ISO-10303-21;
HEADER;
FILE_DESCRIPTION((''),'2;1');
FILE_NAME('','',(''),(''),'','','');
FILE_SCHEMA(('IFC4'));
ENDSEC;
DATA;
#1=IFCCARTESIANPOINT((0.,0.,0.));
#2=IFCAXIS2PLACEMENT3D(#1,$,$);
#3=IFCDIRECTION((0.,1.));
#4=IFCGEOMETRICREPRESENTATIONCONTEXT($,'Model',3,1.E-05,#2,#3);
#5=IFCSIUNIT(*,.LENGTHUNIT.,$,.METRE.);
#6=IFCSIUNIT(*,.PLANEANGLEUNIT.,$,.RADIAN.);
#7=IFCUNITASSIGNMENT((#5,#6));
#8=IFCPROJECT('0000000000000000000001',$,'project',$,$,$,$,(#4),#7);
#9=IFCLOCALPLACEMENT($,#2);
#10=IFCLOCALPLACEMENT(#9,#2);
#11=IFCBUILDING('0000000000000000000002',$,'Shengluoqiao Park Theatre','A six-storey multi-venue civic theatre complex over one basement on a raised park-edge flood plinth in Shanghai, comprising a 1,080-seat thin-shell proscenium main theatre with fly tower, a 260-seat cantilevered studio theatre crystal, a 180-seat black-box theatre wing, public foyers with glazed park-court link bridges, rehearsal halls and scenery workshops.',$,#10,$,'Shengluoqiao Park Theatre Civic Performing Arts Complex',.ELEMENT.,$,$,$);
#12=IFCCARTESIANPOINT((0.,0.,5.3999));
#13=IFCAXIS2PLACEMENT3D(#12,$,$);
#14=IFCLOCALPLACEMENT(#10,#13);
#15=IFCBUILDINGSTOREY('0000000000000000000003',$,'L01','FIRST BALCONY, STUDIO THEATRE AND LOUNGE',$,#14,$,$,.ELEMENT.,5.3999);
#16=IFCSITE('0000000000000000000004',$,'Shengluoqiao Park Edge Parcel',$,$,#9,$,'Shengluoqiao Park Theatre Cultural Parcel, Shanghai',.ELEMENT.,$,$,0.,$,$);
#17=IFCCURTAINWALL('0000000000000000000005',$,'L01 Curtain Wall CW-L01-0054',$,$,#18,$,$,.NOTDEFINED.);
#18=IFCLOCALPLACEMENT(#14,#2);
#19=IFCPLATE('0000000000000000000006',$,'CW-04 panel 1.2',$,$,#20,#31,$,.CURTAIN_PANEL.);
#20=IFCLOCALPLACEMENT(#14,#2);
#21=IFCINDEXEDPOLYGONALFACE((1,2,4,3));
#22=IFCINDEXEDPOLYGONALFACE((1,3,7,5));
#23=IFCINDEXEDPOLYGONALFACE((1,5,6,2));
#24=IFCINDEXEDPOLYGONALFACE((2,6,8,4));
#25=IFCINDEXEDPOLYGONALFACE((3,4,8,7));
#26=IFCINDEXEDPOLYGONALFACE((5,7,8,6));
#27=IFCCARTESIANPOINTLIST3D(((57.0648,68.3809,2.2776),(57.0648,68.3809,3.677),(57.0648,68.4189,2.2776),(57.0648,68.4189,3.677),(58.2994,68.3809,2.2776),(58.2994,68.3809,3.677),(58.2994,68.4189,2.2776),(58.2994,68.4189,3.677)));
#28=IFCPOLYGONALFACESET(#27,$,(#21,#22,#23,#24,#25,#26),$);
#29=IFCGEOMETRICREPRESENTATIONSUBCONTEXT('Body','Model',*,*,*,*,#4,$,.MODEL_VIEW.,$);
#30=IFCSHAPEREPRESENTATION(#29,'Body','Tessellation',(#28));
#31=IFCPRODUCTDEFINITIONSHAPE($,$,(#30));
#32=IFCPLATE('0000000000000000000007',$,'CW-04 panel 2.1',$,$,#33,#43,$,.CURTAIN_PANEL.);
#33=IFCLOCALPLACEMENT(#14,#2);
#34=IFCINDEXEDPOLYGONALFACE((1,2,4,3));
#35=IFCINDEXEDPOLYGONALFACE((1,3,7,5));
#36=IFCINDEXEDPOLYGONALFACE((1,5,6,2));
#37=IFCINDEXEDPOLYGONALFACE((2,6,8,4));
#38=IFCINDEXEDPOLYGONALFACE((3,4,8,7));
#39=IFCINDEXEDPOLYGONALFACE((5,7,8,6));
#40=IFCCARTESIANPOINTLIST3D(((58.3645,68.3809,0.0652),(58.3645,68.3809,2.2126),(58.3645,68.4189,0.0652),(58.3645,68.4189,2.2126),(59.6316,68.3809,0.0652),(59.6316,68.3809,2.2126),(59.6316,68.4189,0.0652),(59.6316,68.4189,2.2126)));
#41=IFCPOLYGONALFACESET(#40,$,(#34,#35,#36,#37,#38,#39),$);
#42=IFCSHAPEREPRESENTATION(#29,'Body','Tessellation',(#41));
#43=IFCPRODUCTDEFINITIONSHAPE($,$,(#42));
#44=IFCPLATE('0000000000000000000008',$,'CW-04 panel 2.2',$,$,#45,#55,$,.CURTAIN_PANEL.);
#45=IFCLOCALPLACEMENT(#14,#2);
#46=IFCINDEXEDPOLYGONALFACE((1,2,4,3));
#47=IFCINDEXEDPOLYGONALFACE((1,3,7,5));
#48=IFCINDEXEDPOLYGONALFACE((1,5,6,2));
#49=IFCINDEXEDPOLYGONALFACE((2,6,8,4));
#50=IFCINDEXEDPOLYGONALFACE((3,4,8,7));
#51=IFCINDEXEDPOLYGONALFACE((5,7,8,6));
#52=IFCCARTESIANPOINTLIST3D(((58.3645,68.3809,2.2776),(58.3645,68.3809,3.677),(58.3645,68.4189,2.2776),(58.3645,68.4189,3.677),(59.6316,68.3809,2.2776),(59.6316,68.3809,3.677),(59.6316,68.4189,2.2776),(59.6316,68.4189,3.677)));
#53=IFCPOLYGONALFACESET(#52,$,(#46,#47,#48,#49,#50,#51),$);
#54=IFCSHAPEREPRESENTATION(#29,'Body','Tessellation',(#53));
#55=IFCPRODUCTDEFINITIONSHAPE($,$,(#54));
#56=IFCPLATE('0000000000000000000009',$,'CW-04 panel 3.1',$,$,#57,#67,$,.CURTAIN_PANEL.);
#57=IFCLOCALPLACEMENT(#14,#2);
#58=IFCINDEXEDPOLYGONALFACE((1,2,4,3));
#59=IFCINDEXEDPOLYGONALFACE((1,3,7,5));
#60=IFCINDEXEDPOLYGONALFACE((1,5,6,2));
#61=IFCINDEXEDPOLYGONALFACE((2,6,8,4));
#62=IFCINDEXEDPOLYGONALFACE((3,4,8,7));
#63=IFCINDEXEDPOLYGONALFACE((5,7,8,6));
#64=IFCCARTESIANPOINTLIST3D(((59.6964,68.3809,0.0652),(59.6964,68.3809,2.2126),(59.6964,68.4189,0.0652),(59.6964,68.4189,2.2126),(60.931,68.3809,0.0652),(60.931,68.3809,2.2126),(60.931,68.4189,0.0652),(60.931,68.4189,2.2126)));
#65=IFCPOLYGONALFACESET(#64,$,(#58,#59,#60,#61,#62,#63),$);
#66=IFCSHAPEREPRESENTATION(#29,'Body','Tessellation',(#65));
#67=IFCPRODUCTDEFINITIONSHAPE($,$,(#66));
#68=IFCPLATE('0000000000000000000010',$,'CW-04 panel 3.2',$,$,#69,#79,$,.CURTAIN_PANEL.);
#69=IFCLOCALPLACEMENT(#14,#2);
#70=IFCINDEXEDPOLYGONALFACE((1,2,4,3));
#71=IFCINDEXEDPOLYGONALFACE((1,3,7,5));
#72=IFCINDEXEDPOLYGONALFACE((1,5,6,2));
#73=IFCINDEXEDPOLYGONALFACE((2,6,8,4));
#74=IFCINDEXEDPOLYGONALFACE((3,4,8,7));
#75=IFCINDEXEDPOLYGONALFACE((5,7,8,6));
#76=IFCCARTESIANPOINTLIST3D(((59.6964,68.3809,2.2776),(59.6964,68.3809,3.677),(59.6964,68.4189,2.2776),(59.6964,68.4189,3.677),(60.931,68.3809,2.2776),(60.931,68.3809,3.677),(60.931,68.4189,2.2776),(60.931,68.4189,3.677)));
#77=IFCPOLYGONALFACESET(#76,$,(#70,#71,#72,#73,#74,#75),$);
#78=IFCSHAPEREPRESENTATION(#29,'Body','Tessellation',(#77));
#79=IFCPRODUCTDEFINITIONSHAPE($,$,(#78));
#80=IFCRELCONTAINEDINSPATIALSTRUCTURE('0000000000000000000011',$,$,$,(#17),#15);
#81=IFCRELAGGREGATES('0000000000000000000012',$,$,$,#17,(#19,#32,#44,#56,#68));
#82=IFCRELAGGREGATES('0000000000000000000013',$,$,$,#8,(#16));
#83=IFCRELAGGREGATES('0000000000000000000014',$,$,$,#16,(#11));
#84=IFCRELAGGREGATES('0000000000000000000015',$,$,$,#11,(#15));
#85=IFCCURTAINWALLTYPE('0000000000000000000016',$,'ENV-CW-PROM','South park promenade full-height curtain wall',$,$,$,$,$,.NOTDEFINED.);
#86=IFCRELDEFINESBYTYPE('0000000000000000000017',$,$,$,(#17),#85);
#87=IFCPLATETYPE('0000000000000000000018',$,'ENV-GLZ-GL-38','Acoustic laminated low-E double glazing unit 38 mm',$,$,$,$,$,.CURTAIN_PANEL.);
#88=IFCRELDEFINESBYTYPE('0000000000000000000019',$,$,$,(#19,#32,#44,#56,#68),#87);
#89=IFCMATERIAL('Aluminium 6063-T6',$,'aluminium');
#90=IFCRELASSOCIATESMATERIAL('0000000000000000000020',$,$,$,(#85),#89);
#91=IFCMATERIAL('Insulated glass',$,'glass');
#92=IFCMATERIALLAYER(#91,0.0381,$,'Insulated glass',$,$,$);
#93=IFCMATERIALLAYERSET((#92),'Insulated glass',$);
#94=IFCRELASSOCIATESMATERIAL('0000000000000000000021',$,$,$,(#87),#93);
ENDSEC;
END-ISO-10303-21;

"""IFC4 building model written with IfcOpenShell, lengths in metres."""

from ifc_helpers import new_model, si_unit, direction, frame, origin, origin_2d, place, context, subcontext, project, spatial, rectangle, extrude, material, layer, layer_set, type_object, element, aggregate, save


model = new_model("IFC4")

# Units and contexts
model_context = context("Model", 3, precision=1e-05, world=origin(), true_north=direction((0.0, 1.0)))
body_context = subcontext(model_context, "Body", "Model", "MODEL_VIEW")
ifc_project = project(units=[si_unit("LENGTHUNIT", "METRE"), si_unit("PLANEANGLEUNIT", "RADIAN")], contexts=[model_context])

# Site, building, storey
site_placement = place(None, origin())
site = spatial("IfcSite", under=ifc_project, at=site_placement, Name="Shengluoqiao Park Edge Parcel", LongName="Shengluoqiao Park Theatre Cultural Parcel, Shanghai", CompositionType="ELEMENT", RefElevation=0.0)
building_placement = place(site_placement, origin())
building = spatial("IfcBuilding", under=site, at=building_placement, Name="Shengluoqiao Park Theatre", Description="A six-storey multi-venue civic theatre complex over one basement on a raised park-edge flood plinth in Shanghai, comprising a 1,080-seat thin-shell proscenium main theatre with fly tower, a 260-seat cantilevered studio theatre crystal, a 180-seat black-box theatre wing, public foyers with glazed park-court link bridges, rehearsal halls and scenery workshops.", LongName="Shengluoqiao Park Theatre Civic Performing Arts Complex", CompositionType="ELEMENT")
storey_placement = place(building_placement, frame((0.0, 0.0, 5.3999)))
storey = spatial("IfcBuildingStorey", under=building, at=storey_placement, Name="L01", Description="FIRST BALCONY, STUDIO THEATRE AND LOUNGE", CompositionType="ELEMENT", Elevation=5.3999)

# Curtain wall
ifc_material_1 = material(Name="Aluminium 6063-T6", Category="aluminium")
curtain_wall_type = type_object("IfcCurtainWallType", Name="ENV-CW-PROM", Description="South park promenade full-height curtain wall", PredefinedType="NOTDEFINED", material=ifc_material_1)
curtain_wall_1_placement = place(storey_placement, origin())
curtain_wall_1 = element("IfcCurtainWall", 1, at=curtain_wall_1_placement, inside=storey, type_object=curtain_wall_type, Name="L01 Curtain Wall CW-L01-0054", PredefinedType="NOTDEFINED")

# Plates
ifc_material_2 = material(Name="Insulated glass", Category="glass")
ifc_layer = layer(ifc_material_2, 0.0381, Name="Insulated glass")
ifc_layer_set = layer_set([ifc_layer], Name="Insulated glass")
plate_type = type_object("IfcPlateType", Name="ENV-GLZ-GL-38", Description="Acoustic laminated low-E double glazing unit 38 mm", PredefinedType="CURTAIN_PANEL", material=ifc_layer_set)
plate_1_placement = place(storey_placement, frame((57.6821, 68.3999, 2.2776), z_axis=(0.0, 0.0, 1.0), x_axis=(1.0, 0.0, 0.0)))
plate_1 = element("IfcPlate", 2, at=plate_1_placement, type_object=plate_type, Name="CW-04 panel 1.2", PredefinedType="CURTAIN_PANEL", context=body_context, shape_type="SweptSolid", body=[
    extrude(rectangle(XDim=1.2346, YDim=0.0381, at=origin_2d()), origin(), (0.0, 0.0, 1.0), 1.3994),
])
plate_2_placement = place(storey_placement, frame((58.998, 68.3999, 0.0652), z_axis=(0.0, 0.0, 1.0), x_axis=(1.0, 0.0, 0.0)))
plate_2 = element("IfcPlate", 3, at=plate_2_placement, type_object=plate_type, Name="CW-04 panel 2.1", PredefinedType="CURTAIN_PANEL", context=body_context, shape_type="SweptSolid", body=[
    extrude(rectangle(XDim=1.2671, YDim=0.0381, at=origin_2d()), origin(), (0.0, 0.0, 1.0), 2.1475),
])
plate_3_placement = place(storey_placement, frame((58.998, 68.3999, 2.2776), z_axis=(0.0, 0.0, 1.0), x_axis=(1.0, 0.0, 0.0)))
plate_3 = element("IfcPlate", 4, at=plate_3_placement, type_object=plate_type, Name="CW-04 panel 2.2", PredefinedType="CURTAIN_PANEL", context=body_context, shape_type="SweptSolid", body=[
    extrude(rectangle(XDim=1.2671, YDim=0.0381, at=origin_2d()), origin(), (0.0, 0.0, 1.0), 1.3994),
])
plate_4_placement = place(storey_placement, frame((60.3137, 68.3999, 0.0652), z_axis=(0.0, 0.0, 1.0), x_axis=(1.0, 0.0, 0.0)))
plate_4 = element("IfcPlate", 5, at=plate_4_placement, type_object=plate_type, Name="CW-04 panel 3.1", PredefinedType="CURTAIN_PANEL", context=body_context, shape_type="SweptSolid", body=[
    extrude(rectangle(XDim=1.2346, YDim=0.0381, at=origin_2d()), origin(), (0.0, 0.0, 1.0), 2.1475),
])
plate_5_placement = place(storey_placement, frame((60.3137, 68.3999, 2.2776), z_axis=(0.0, 0.0, 1.0), x_axis=(1.0, 0.0, 0.0)))
plate_5 = element("IfcPlate", 6, at=plate_5_placement, type_object=plate_type, Name="CW-04 panel 3.2", PredefinedType="CURTAIN_PANEL", context=body_context, shape_type="SweptSolid", body=[
    extrude(rectangle(XDim=1.2346, YDim=0.0381, at=origin_2d()), origin(), (0.0, 0.0, 1.0), 1.3994),
])
aggregate(curtain_wall_1, [plate_1, plate_2, plate_3, plate_4, plate_5])

save(model, "model.ifc")
